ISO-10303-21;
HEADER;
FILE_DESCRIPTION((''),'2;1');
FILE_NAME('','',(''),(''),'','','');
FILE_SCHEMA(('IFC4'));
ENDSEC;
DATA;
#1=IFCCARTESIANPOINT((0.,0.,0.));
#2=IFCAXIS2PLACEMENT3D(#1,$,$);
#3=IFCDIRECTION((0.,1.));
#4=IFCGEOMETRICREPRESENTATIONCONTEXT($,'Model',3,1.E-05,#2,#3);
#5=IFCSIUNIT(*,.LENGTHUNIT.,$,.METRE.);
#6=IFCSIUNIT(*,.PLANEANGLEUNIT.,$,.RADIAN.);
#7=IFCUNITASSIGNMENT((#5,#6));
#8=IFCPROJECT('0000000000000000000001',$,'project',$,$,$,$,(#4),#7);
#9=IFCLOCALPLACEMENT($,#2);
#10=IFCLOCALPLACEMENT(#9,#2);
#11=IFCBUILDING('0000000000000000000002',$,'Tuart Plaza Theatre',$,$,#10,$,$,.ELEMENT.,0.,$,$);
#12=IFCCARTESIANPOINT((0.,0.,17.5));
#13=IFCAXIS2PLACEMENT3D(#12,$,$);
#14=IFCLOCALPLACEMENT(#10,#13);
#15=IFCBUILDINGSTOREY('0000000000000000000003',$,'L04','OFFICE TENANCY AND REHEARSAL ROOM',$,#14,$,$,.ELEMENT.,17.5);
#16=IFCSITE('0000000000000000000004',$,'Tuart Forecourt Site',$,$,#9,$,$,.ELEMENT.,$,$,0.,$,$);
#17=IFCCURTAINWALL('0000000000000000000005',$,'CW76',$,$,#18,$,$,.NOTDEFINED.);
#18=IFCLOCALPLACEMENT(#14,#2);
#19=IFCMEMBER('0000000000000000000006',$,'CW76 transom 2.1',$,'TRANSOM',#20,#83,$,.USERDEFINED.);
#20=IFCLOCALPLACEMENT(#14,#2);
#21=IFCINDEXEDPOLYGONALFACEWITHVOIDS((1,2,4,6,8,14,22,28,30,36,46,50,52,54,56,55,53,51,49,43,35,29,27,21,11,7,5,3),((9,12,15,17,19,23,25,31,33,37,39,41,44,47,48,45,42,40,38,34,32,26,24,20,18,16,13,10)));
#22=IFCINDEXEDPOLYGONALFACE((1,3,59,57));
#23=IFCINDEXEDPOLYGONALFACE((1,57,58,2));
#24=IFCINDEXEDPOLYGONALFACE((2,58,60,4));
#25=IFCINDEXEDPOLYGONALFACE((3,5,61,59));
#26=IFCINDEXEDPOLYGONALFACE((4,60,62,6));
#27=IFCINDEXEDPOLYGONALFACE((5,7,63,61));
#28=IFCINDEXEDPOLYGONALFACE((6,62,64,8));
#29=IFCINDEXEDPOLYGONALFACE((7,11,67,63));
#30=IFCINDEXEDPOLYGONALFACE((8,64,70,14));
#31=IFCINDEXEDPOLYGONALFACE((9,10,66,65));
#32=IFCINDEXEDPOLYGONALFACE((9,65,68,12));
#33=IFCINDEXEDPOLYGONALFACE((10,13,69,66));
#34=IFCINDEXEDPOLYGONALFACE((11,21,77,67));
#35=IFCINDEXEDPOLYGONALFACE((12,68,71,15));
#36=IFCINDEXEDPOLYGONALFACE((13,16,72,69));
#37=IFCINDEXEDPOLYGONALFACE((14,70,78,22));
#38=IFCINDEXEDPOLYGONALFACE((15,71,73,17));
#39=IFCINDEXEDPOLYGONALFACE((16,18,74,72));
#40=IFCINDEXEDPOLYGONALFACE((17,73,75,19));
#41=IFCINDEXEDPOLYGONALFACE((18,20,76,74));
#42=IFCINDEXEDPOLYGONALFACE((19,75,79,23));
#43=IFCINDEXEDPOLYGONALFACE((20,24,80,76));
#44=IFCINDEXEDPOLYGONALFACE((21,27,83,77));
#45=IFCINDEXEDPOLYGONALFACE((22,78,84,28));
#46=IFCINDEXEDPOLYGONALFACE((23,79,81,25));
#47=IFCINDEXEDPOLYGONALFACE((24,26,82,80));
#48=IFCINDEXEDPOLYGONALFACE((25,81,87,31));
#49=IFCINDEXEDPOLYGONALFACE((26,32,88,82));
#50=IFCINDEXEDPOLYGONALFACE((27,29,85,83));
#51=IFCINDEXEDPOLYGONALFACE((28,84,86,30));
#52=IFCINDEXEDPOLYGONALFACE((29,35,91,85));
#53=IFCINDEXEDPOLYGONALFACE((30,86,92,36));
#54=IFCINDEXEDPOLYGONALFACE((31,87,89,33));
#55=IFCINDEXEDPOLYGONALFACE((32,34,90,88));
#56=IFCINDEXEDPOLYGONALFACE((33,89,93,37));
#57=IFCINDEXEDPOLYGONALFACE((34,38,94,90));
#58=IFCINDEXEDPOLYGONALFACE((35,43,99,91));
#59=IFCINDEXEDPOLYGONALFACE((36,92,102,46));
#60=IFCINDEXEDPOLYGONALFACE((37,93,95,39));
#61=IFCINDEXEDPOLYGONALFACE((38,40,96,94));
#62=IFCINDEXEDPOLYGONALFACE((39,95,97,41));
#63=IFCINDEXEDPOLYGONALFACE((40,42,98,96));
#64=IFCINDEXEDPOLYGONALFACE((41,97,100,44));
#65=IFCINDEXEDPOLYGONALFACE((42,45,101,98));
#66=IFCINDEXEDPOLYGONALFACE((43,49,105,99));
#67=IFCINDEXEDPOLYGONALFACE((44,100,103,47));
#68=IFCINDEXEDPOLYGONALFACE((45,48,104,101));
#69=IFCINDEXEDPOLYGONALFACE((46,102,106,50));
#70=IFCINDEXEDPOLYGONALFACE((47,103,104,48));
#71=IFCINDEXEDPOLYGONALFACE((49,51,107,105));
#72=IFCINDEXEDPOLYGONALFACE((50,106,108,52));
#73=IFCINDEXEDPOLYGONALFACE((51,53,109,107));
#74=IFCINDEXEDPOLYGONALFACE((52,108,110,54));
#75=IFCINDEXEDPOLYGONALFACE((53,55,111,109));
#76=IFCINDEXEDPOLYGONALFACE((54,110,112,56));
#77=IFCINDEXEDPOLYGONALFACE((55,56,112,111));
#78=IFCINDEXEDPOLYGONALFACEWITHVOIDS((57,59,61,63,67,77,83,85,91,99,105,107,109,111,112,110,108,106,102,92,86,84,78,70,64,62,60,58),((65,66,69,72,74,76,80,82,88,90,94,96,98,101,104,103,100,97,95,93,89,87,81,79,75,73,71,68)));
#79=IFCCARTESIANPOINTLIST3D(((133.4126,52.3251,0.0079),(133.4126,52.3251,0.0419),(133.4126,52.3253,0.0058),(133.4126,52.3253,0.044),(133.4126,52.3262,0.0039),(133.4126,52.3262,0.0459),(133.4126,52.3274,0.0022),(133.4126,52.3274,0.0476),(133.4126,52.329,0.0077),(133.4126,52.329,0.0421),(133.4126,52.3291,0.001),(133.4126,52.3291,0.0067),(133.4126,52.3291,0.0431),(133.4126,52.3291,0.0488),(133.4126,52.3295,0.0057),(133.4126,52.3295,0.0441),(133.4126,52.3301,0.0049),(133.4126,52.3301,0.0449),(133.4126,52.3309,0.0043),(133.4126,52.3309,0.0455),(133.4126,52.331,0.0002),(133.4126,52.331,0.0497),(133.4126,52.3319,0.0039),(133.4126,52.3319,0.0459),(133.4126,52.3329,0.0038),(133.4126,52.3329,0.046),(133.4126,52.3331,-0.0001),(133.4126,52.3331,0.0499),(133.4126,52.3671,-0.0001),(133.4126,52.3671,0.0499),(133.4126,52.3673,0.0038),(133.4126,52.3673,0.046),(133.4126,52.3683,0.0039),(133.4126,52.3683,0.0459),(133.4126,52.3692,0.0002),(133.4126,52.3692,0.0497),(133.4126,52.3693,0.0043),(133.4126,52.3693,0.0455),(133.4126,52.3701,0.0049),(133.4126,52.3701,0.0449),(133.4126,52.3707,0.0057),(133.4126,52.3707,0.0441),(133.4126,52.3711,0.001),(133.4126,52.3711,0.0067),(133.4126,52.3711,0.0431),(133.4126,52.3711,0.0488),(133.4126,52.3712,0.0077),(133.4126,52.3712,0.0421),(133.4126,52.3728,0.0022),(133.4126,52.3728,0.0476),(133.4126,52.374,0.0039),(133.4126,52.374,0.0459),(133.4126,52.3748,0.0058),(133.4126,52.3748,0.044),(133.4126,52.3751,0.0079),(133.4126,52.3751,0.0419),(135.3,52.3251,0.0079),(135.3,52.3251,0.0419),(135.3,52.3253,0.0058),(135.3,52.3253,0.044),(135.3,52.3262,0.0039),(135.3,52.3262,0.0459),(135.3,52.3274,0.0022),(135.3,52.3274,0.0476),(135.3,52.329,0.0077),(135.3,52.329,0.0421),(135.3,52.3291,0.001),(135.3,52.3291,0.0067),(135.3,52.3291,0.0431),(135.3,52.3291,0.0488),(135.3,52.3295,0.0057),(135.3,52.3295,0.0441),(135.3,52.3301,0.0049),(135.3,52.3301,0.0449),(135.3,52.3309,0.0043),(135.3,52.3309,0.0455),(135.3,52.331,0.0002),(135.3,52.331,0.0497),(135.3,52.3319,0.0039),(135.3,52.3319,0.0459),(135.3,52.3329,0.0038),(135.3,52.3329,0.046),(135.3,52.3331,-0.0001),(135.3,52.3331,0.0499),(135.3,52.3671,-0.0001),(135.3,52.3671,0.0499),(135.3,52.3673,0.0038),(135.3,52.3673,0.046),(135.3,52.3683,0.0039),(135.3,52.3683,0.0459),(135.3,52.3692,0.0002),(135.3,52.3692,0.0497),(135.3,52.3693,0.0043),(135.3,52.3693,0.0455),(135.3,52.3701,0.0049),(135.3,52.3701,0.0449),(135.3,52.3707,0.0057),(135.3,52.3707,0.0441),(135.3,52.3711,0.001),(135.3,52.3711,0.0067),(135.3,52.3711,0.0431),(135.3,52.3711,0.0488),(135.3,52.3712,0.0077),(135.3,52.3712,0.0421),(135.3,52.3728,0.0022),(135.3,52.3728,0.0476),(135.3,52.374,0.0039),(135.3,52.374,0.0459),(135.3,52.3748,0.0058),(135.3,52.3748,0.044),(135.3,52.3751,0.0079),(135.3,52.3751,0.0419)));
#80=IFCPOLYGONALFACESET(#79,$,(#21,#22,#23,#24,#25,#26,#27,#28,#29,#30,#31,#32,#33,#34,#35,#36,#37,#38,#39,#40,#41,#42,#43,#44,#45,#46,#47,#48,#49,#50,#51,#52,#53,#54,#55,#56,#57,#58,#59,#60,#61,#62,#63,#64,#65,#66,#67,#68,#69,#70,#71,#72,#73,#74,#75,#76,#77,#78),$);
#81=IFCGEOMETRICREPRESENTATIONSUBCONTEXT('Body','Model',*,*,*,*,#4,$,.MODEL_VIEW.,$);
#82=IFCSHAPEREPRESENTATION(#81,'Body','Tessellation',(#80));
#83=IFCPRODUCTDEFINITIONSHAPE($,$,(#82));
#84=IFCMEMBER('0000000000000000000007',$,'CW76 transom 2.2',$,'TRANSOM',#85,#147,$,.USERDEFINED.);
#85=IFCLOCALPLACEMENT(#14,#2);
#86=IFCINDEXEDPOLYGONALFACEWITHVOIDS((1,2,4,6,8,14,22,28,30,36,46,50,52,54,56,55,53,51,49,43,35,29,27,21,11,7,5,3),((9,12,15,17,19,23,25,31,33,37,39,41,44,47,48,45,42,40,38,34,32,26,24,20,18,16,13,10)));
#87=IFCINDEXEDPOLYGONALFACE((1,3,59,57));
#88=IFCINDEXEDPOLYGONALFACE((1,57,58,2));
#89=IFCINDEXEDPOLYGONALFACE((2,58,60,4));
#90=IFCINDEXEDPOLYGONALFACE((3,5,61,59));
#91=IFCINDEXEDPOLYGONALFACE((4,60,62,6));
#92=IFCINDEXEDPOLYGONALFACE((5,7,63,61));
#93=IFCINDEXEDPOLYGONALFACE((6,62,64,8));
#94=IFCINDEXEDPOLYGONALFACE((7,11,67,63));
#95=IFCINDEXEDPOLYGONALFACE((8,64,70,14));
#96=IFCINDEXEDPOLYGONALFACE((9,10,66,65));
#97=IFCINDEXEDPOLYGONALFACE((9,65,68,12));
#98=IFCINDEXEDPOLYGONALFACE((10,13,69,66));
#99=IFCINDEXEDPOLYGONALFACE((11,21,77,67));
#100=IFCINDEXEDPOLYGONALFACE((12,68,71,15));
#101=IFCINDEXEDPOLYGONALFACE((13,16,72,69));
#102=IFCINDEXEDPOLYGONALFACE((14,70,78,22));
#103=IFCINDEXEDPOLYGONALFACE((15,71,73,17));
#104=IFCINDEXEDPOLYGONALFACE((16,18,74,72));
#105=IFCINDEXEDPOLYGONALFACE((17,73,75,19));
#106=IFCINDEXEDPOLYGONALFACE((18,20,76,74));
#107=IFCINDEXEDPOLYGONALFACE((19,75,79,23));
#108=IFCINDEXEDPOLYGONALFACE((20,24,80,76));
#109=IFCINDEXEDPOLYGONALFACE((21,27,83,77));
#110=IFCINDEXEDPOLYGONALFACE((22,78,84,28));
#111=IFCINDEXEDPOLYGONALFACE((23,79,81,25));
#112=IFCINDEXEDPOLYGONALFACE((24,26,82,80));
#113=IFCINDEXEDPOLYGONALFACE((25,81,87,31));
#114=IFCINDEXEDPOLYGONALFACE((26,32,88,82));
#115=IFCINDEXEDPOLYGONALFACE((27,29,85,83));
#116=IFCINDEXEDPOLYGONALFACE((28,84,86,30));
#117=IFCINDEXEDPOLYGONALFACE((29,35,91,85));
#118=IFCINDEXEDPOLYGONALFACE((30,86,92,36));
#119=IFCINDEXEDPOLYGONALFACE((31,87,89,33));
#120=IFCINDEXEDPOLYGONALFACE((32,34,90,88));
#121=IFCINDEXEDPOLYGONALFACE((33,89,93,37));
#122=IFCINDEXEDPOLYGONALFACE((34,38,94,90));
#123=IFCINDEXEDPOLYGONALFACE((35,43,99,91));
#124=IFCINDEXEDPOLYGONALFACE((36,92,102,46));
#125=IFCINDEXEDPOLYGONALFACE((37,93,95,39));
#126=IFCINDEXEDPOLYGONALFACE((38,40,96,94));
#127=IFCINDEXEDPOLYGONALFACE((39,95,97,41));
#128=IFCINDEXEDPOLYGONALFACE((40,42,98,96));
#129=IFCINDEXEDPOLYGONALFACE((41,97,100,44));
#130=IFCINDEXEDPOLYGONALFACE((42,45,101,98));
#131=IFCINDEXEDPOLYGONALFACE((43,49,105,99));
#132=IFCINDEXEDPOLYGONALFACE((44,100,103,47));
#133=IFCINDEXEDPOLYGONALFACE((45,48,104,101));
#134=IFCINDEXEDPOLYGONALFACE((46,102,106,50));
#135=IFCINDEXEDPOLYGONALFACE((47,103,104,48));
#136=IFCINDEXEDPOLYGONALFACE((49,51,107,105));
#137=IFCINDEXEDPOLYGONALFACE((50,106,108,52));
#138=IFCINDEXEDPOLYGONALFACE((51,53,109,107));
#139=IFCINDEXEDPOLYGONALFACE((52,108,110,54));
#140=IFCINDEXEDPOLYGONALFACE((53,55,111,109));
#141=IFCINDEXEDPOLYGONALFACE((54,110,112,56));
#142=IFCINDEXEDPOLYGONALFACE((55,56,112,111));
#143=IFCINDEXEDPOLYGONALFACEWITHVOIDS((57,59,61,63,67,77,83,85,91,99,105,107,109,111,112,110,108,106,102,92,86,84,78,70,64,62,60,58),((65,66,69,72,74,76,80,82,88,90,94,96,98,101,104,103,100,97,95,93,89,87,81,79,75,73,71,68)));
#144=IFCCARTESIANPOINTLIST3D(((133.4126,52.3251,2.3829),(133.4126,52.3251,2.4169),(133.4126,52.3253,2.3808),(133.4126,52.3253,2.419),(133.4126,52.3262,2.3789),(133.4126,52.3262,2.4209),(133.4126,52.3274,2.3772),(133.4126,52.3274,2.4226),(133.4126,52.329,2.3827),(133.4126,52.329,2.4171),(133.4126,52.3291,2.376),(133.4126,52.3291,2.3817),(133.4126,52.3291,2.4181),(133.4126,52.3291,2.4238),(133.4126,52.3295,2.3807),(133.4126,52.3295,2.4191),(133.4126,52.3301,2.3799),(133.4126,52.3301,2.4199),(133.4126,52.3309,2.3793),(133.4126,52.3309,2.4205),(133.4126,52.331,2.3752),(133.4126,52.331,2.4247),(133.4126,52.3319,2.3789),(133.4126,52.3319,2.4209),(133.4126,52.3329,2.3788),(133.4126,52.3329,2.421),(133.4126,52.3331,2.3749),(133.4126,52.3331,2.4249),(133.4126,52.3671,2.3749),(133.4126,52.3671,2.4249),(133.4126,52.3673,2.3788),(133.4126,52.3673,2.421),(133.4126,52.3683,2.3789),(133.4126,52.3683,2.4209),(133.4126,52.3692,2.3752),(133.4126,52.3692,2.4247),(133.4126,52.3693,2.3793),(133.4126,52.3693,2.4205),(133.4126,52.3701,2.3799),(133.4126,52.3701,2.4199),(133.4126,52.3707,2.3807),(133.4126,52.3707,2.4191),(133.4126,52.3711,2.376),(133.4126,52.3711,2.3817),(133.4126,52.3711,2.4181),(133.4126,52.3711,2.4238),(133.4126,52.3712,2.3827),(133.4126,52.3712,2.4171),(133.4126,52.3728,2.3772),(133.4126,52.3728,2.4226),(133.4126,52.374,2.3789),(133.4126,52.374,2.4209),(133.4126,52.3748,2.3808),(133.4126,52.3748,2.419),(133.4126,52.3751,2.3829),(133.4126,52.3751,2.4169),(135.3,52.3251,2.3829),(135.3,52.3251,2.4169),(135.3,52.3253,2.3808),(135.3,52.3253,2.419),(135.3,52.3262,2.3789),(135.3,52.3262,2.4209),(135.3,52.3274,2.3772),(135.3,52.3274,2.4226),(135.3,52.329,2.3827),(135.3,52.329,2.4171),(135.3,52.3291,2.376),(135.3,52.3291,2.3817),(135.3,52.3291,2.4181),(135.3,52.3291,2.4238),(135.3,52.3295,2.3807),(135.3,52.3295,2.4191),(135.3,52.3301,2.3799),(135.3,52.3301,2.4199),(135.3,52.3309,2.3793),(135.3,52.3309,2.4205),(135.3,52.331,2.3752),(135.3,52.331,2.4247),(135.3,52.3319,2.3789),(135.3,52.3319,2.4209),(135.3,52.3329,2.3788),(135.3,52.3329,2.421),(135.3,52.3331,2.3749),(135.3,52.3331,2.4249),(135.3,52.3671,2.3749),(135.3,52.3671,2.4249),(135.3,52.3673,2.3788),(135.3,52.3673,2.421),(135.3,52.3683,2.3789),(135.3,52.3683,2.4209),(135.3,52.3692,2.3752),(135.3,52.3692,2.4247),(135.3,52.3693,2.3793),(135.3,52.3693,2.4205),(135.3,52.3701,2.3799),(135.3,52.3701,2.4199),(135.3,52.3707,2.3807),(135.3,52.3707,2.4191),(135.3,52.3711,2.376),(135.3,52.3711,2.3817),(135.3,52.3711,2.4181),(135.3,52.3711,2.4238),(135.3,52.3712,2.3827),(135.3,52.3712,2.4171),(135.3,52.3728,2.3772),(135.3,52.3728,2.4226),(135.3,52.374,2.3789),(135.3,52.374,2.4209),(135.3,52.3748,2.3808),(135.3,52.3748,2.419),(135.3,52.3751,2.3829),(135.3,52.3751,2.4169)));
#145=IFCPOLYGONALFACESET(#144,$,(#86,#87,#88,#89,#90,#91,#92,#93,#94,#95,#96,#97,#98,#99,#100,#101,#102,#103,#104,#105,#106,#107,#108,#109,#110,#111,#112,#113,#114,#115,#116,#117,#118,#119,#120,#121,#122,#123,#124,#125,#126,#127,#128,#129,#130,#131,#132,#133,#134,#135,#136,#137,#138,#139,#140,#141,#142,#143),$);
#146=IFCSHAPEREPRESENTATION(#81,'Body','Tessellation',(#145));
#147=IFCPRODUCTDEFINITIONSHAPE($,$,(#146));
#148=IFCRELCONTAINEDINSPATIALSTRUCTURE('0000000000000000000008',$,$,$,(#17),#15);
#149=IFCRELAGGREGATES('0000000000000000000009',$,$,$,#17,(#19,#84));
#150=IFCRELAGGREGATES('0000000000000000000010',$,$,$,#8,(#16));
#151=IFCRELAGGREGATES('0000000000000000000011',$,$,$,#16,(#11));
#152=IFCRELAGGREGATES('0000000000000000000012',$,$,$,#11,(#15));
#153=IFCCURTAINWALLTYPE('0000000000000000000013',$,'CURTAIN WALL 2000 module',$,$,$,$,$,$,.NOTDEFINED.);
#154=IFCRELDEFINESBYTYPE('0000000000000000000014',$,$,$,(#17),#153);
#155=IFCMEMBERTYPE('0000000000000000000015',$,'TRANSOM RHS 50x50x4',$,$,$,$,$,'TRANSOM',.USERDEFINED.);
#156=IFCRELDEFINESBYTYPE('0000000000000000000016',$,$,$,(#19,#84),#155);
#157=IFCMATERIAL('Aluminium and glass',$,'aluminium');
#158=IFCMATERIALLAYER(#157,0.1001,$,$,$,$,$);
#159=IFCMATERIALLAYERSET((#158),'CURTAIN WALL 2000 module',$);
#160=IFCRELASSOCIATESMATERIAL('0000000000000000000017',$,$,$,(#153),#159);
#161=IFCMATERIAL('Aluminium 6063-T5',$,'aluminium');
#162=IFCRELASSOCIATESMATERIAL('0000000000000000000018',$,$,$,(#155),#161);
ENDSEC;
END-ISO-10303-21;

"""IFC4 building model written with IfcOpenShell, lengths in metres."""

from ifc_helpers import new_model, si_unit, direction, frame, origin, origin_2d, place, context, subcontext, project, spatial, hollow_rectangle, extrude, material, layer, layer_set, material_profile, profile_set, type_object, element, aggregate, save


model = new_model("IFC4")

# Units and contexts
model_context = context("Model", 3, precision=1e-05, world=origin(), true_north=direction((0.0, 1.0)))
body_context = subcontext(model_context, "Body", "Model", "MODEL_VIEW")
ifc_project = project(units=[si_unit("LENGTHUNIT", "METRE"), si_unit("PLANEANGLEUNIT", "RADIAN")], contexts=[model_context])

# Site, building, storey
site_placement = place(None, origin())
site = spatial("IfcSite", under=ifc_project, at=site_placement, Name="Tuart Forecourt Site", CompositionType="ELEMENT", RefElevation=0.0)
building_placement = place(site_placement, origin())
building = spatial("IfcBuilding", under=site, at=building_placement, Name="Tuart Plaza Theatre", CompositionType="ELEMENT", ElevationOfRefHeight=0.0)
storey_placement = place(building_placement, frame((0.0, 0.0, 17.5)))
storey = spatial("IfcBuildingStorey", under=building, at=storey_placement, Name="L04", Description="OFFICE TENANCY AND REHEARSAL ROOM", CompositionType="ELEMENT", Elevation=17.5)

# Curtain wall
ifc_material_1 = material(Name="Aluminium and glass", Category="aluminium")
ifc_layer_1 = layer(ifc_material_1, 0.1001)
ifc_layer_set_1 = layer_set([ifc_layer_1], Name="CURTAIN WALL 2000 module")
curtain_wall_type = type_object("IfcCurtainWallType", Name="CURTAIN WALL 2000 module", PredefinedType="NOTDEFINED", material=ifc_layer_set_1)
curtain_wall_1_placement = place(storey_placement, origin())
curtain_wall_1 = element("IfcCurtainWall", 1, at=curtain_wall_1_placement, inside=storey, type_object=curtain_wall_type, Name="CW76", PredefinedType="NOTDEFINED")

# Members
ifc_material_2 = material(Name="Aluminium 6063-T5", Category="aluminium")
ifc_material_profile_1 = material_profile(ifc_material_2, hollow_rectangle(XDim=0.05, YDim=0.05, WallThickness=0.0039, InnerFilletRadius=0.0039, OuterFilletRadius=0.0081, at=origin_2d()), Name="RHS 50x50x4")
ifc_profile_set_1 = profile_set([ifc_material_profile_1], Name="Aluminium 6063-T5")
member_type_1 = type_object("IfcMemberType", Name="TRANSOM RHS 50x50x4", ElementType="TRANSOM", PredefinedType="USERDEFINED", material=ifc_profile_set_1)
member_1_placement = place(storey_placement, frame((133.4126, 52.3501, 0.0249), z_axis=(1.0, 0.0, 0.0), x_axis=(0.0, 1.0, 0.0)))
member_1 = element("IfcMember", 2, at=member_1_placement, type_object=member_type_1, Name="CW76 transom 2.1", ObjectType="TRANSOM", PredefinedType="USERDEFINED", context=body_context, shape_type="SweptSolid", body=[
    extrude(hollow_rectangle(XDim=0.05, YDim=0.05, WallThickness=0.0039, InnerFilletRadius=0.0039, OuterFilletRadius=0.0081, at=origin_2d()), origin(), (0.0, 0.0, 1.0), 1.8875),
])
member_2_placement = place(storey_placement, frame((133.4126, 52.3501, 2.3999), z_axis=(1.0, 0.0, 0.0), x_axis=(0.0, 1.0, 0.0)))
member_2 = element("IfcMember", 3, at=member_2_placement, type_object=member_type_1, Name="CW76 transom 2.2", ObjectType="TRANSOM", PredefinedType="USERDEFINED", context=body_context, shape_type="SweptSolid", body=[
    extrude(hollow_rectangle(XDim=0.05, YDim=0.05, WallThickness=0.0039, InnerFilletRadius=0.0039, OuterFilletRadius=0.0081, at=origin_2d()), origin(), (0.0, 0.0, 1.0), 1.8875),
])

aggregate(curtain_wall_1, [member_1, member_2])

save(model, "model.ifc")
